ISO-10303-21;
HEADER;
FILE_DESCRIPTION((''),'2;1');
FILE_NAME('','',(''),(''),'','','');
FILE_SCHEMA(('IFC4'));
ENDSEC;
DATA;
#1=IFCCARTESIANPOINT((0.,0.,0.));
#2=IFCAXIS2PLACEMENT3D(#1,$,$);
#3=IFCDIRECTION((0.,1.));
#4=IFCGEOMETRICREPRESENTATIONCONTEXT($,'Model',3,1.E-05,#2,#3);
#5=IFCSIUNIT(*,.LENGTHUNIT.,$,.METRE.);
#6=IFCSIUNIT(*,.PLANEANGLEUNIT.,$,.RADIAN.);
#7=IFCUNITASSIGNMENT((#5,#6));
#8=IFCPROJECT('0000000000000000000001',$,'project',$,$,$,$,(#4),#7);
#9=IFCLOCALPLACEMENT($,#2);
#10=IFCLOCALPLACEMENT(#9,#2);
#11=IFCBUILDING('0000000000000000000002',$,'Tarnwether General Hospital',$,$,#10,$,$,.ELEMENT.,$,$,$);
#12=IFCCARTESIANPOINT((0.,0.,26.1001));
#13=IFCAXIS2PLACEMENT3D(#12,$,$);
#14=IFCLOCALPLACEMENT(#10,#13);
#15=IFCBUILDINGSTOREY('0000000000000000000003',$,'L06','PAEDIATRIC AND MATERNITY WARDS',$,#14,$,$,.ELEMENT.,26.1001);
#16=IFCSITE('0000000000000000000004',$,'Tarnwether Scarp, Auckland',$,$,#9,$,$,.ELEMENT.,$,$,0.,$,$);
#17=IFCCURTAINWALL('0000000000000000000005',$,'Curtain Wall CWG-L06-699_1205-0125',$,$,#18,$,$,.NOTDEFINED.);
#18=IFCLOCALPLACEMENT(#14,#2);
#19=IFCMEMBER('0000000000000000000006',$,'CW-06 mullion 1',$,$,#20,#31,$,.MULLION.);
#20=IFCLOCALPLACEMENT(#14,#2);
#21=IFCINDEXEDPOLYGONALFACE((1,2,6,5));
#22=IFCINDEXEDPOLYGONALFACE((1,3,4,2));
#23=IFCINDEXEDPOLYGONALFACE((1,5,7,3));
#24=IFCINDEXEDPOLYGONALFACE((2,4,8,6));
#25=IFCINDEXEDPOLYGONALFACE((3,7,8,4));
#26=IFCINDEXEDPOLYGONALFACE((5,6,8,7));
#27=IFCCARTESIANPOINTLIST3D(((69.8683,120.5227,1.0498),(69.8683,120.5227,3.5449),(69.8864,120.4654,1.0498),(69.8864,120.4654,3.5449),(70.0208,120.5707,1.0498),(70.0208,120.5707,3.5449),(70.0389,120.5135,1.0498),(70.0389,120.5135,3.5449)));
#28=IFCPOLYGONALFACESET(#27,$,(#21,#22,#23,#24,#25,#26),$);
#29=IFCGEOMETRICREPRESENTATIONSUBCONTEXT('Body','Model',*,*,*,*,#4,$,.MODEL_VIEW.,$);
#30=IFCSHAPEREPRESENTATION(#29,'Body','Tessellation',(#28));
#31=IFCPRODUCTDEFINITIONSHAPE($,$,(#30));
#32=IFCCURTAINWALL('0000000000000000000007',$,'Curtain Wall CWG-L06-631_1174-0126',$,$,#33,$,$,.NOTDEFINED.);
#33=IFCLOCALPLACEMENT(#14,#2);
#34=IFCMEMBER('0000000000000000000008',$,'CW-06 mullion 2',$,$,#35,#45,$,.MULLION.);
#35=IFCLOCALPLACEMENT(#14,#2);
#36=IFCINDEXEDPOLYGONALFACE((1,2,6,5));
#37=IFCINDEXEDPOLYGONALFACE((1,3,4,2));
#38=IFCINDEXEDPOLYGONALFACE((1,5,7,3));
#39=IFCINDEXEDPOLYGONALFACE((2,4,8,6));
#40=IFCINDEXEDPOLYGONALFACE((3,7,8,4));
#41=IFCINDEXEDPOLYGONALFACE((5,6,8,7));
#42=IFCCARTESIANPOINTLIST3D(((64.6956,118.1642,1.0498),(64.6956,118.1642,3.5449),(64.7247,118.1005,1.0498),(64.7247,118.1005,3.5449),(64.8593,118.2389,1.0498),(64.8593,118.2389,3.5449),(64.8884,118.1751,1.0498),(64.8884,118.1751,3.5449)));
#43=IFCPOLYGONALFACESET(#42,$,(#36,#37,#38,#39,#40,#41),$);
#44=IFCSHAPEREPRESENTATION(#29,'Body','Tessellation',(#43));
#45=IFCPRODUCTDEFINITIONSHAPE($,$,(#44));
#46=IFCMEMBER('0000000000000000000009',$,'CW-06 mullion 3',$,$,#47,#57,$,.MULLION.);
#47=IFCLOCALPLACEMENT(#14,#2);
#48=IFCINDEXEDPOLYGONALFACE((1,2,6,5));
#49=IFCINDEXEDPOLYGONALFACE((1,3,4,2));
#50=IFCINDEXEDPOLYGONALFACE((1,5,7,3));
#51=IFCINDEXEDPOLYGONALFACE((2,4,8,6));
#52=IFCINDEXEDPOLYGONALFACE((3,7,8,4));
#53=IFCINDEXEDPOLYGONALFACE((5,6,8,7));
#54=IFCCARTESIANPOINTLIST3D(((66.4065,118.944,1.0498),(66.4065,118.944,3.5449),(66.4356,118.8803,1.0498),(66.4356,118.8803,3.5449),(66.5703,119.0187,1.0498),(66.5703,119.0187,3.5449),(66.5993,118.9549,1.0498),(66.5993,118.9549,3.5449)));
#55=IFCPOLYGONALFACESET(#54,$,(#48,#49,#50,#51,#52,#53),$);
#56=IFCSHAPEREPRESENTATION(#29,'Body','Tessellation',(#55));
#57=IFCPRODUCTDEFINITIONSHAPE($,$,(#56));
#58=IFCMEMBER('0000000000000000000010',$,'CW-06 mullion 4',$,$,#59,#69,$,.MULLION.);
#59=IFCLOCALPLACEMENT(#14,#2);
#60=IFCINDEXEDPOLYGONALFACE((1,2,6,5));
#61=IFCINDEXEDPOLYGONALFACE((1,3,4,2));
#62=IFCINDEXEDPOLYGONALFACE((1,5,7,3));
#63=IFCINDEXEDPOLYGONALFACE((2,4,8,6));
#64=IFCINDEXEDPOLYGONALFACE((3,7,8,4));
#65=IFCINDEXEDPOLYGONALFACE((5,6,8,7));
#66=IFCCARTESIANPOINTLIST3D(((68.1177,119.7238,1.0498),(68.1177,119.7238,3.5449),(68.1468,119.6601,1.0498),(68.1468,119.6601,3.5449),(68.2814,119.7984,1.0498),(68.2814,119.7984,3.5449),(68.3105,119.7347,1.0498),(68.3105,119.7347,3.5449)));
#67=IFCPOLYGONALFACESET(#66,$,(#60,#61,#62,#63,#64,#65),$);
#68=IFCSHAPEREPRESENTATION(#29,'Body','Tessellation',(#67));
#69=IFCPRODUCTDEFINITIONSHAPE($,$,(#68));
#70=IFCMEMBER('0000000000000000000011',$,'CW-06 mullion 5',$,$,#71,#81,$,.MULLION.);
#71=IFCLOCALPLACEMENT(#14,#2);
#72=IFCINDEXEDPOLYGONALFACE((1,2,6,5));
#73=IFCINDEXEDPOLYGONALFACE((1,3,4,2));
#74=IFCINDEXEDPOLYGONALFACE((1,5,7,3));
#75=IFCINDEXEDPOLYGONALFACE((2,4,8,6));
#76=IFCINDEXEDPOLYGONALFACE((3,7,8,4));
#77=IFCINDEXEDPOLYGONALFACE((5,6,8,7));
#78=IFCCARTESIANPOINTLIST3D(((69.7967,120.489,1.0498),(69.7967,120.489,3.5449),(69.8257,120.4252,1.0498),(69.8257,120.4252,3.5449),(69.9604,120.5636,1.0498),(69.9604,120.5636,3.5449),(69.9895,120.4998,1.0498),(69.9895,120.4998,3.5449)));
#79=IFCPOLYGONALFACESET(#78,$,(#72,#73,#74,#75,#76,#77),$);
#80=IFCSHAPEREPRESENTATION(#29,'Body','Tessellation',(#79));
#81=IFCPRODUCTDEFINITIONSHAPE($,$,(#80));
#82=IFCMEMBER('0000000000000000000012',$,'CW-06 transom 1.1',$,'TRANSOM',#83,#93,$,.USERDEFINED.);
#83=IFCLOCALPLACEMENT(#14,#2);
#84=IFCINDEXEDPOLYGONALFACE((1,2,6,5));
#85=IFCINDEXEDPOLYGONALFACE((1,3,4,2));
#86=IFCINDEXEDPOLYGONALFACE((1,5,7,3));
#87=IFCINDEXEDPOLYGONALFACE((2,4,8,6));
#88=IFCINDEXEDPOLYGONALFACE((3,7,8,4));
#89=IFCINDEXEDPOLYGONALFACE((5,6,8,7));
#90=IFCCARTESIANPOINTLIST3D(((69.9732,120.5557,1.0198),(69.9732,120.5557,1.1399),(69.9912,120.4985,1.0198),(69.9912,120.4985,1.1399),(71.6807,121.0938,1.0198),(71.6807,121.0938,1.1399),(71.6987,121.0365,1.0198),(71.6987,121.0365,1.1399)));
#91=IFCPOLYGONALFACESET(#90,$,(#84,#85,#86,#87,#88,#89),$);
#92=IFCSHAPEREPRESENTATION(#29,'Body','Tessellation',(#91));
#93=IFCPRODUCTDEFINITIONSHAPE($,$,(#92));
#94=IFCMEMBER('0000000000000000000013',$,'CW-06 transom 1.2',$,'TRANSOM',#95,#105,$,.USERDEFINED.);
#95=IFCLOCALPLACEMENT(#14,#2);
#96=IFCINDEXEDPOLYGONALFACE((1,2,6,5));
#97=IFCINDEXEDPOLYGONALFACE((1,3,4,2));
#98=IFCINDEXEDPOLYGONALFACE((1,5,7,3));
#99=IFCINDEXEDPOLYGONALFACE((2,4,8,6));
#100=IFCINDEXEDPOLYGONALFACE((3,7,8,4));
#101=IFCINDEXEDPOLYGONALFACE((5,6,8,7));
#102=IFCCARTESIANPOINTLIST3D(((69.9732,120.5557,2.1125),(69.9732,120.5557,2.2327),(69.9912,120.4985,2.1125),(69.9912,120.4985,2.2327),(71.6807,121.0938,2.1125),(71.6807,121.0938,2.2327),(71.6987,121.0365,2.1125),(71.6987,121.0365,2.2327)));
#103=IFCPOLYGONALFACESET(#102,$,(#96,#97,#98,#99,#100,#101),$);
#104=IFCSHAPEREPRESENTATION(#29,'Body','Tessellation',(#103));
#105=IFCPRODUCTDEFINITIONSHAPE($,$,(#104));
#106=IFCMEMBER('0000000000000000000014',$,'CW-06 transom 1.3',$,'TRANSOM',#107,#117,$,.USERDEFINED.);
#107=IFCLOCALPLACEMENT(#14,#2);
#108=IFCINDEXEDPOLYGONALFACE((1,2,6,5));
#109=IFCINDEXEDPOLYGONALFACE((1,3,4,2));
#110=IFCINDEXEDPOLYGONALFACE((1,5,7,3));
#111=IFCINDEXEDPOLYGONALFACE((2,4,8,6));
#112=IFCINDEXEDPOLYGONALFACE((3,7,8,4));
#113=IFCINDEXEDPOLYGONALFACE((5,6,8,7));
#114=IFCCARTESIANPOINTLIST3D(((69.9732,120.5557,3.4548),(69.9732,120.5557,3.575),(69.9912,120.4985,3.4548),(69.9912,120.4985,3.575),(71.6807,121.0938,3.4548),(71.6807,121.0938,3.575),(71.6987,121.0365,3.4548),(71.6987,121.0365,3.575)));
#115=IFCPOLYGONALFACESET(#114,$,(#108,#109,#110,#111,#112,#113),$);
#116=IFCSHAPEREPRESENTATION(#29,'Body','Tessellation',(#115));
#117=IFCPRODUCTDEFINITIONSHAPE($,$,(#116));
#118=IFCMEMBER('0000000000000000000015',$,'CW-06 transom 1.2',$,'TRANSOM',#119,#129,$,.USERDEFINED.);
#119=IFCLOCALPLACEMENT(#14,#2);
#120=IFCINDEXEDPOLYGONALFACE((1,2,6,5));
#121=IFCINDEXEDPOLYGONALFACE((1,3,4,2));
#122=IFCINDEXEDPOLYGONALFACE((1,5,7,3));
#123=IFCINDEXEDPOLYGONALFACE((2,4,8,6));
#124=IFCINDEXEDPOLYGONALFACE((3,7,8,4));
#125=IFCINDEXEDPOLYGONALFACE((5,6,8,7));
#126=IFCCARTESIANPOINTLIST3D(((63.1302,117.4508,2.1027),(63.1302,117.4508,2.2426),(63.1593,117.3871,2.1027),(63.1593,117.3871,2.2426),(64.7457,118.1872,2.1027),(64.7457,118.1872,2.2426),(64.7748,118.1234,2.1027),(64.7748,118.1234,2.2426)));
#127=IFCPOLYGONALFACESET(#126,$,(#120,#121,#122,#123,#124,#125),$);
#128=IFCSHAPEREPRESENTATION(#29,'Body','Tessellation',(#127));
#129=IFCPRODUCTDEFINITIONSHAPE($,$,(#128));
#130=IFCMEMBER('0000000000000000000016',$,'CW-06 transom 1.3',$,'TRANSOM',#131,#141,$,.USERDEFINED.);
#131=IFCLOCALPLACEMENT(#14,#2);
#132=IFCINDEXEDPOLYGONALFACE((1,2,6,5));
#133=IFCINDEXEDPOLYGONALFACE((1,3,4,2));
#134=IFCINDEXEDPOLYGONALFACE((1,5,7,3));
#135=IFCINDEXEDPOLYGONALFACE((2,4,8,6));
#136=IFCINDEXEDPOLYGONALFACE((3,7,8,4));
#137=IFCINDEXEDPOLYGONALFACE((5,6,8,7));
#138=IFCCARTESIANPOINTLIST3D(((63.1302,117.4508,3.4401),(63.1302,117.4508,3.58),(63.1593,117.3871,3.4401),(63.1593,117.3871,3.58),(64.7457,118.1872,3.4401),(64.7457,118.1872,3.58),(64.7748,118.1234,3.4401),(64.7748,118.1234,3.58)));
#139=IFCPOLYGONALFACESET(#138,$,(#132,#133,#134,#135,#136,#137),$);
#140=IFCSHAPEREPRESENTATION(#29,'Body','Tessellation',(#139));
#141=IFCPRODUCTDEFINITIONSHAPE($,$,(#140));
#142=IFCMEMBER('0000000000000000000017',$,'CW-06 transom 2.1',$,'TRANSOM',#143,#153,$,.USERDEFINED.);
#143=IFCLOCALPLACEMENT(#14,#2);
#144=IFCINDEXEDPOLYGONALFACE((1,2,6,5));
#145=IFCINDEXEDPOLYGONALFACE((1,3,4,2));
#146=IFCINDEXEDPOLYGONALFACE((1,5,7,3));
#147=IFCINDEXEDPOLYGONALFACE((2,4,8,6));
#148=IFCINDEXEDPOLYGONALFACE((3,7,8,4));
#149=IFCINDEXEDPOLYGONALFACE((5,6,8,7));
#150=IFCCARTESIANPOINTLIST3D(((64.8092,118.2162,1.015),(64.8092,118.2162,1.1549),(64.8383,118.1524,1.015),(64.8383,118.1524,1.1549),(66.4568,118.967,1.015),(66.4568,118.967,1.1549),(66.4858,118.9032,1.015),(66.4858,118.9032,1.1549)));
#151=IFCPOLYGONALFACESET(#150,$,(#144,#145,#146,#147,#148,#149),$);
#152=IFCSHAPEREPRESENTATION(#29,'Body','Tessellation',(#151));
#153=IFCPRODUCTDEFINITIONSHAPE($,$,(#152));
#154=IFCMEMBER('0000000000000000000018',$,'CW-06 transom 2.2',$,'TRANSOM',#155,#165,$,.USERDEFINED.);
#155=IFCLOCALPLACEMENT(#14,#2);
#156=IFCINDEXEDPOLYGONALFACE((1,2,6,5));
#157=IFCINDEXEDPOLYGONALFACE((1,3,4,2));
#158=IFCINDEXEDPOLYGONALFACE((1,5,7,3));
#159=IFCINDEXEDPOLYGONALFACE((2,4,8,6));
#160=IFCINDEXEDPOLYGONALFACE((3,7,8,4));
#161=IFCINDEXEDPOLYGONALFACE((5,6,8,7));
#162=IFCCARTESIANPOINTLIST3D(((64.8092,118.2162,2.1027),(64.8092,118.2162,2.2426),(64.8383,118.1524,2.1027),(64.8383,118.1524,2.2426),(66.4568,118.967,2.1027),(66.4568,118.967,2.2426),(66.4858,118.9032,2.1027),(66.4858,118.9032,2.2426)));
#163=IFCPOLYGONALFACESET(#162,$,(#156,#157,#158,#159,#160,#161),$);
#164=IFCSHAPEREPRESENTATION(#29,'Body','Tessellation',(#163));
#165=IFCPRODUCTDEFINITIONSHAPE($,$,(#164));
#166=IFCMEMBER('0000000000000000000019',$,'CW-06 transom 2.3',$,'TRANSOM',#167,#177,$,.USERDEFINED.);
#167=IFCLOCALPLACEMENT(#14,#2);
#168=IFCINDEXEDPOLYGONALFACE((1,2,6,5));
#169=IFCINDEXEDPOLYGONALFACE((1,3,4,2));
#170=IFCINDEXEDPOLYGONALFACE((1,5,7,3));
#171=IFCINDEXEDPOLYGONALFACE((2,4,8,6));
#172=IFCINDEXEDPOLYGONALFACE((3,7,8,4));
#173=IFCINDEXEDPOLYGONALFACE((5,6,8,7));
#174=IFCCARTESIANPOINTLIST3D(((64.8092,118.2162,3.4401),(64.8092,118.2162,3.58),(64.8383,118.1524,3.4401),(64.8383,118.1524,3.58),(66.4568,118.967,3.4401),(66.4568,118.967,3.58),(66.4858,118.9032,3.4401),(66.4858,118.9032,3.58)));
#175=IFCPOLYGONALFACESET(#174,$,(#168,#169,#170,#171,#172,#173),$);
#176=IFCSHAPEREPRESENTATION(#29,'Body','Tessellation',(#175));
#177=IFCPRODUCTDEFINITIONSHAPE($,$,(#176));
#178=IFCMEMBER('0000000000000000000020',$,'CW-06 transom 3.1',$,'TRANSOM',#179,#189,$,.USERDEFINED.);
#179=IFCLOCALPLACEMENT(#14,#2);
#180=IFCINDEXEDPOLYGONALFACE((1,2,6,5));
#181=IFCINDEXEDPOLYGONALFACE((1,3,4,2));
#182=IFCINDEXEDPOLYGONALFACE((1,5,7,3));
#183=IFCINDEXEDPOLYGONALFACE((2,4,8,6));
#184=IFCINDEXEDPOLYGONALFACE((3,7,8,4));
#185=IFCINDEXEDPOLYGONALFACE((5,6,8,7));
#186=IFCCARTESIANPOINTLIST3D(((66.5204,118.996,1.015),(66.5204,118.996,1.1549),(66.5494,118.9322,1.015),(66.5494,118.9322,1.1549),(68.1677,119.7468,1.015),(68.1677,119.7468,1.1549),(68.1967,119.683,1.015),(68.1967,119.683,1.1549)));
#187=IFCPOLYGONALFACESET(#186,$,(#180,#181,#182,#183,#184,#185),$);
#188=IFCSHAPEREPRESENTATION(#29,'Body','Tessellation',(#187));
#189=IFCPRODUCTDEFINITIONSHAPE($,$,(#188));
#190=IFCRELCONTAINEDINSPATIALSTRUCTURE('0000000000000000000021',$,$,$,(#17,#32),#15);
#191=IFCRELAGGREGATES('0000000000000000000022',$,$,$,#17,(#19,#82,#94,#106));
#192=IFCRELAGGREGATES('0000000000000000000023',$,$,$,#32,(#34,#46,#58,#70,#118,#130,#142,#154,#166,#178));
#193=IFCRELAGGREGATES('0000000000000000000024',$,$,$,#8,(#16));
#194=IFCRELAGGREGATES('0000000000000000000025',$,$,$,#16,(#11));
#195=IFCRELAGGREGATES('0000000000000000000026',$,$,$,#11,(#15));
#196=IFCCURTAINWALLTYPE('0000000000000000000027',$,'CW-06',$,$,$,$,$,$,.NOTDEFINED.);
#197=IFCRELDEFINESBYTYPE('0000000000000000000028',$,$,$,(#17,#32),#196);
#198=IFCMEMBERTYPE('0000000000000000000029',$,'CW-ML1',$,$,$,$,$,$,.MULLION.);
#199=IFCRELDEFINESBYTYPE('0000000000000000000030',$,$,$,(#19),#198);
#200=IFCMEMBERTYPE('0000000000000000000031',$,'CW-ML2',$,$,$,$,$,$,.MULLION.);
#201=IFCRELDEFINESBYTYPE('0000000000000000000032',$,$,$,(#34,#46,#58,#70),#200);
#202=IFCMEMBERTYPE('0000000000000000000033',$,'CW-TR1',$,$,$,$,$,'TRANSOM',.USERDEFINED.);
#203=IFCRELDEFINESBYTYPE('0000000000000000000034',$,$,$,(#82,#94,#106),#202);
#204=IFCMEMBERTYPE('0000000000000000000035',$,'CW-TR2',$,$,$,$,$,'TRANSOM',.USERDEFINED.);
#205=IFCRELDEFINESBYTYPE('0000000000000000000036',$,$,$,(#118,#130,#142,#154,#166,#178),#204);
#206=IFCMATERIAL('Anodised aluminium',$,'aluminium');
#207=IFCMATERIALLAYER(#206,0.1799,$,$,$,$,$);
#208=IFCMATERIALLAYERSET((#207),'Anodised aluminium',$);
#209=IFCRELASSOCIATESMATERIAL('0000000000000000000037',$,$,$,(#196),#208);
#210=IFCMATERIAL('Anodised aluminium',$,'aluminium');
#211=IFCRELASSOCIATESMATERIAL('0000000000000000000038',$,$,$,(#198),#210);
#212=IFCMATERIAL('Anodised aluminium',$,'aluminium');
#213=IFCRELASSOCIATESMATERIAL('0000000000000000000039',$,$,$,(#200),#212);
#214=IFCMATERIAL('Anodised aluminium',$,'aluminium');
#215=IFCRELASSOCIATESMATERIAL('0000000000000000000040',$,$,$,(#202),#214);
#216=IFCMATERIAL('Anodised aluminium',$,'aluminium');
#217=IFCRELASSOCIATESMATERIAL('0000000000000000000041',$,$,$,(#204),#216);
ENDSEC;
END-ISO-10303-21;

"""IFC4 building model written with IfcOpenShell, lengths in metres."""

from ifc_helpers import new_model, si_unit, direction, frame, origin, origin_2d, place, context, subcontext, project, spatial, rectangle, extrude, material, layer, layer_set, material_profile, profile_set, type_object, element, aggregate, save


model = new_model("IFC4")

# Units and contexts
model_context = context("Model", 3, precision=1e-05, world=origin(), true_north=direction((0.0, 1.0)))
body_context = subcontext(model_context, "Body", "Model", "MODEL_VIEW")
ifc_project = project(units=[si_unit("LENGTHUNIT", "METRE"), si_unit("PLANEANGLEUNIT", "RADIAN")], contexts=[model_context])

# Site, building, storey
site_placement = place(None, origin())
site = spatial("IfcSite", under=ifc_project, at=site_placement, Name="Tarnwether Scarp, Auckland", CompositionType="ELEMENT", RefElevation=0.0)
building_placement = place(site_placement, origin())
building = spatial("IfcBuilding", under=site, at=building_placement, Name="Tarnwether General Hospital", CompositionType="ELEMENT")
storey_placement = place(building_placement, frame((0.0, 0.0, 26.1001)))
storey = spatial("IfcBuildingStorey", under=building, at=storey_placement, Name="L06", Description="PAEDIATRIC AND MATERNITY WARDS", CompositionType="ELEMENT", Elevation=26.1001)

# Curtain wall, member
ifc_material_1 = material(Name="Anodised aluminium", Category="aluminium")
ifc_layer_1 = layer(ifc_material_1, 0.1799)
ifc_layer_set_1 = layer_set([ifc_layer_1], Name="Anodised aluminium")
curtain_wall_type = type_object("IfcCurtainWallType", Name="CW-06", PredefinedType="NOTDEFINED", material=ifc_layer_set_1)
curtain_wall_1_placement = place(storey_placement, origin())
curtain_wall_1 = element("IfcCurtainWall", 1, at=curtain_wall_1_placement, inside=storey, type_object=curtain_wall_type, Name="Curtain Wall CWG-L06-699_1205-0125", PredefinedType="NOTDEFINED")
ifc_material_2 = material(Name="Anodised aluminium", Category="aluminium")
ifc_material_profile_1 = material_profile(ifc_material_2, rectangle(XDim=0.0601, YDim=0.1599, at=origin_2d()), Name="ALU-MUL-60x160")
ifc_profile_set_1 = profile_set([ifc_material_profile_1], Name="Anodised aluminium")
member_type_1 = type_object("IfcMemberType", Name="CW-ML1", PredefinedType="MULLION", material=ifc_profile_set_1)
member_1_placement = place(storey_placement, frame((69.9536, 120.5181, 1.0498), z_axis=(0.0, 0.0, 1.0), x_axis=(-0.300629, 0.953741, 0.0)))
member_1 = element("IfcMember", 2, at=member_1_placement, type_object=member_type_1, Name="CW-06 mullion 1", PredefinedType="MULLION", context=body_context, shape_type="SweptSolid", body=[
    extrude(rectangle(XDim=0.0601, YDim=0.1599, at=origin_2d()), origin(), (0.0, 0.0, 1.0), 2.4951),
])

# Curtain wall, members
curtain_wall_2_placement = place(storey_placement, origin())
curtain_wall_2 = element("IfcCurtainWall", 3, at=curtain_wall_2_placement, inside=storey, type_object=curtain_wall_type, Name="Curtain Wall CWG-L06-631_1174-0126", PredefinedType="NOTDEFINED")
ifc_material_3 = material(Name="Anodised aluminium", Category="aluminium")
ifc_material_profile_2 = material_profile(ifc_material_3, rectangle(XDim=0.0701, YDim=0.1799, at=origin_2d()), Name="ALU-MUL-70x180")
ifc_profile_set_2 = profile_set([ifc_material_profile_2], Name="Anodised aluminium")
member_type_2 = type_object("IfcMemberType", Name="CW-ML2", PredefinedType="MULLION", material=ifc_profile_set_2)
member_2_placement = place(storey_placement, frame((64.792, 118.1697, 1.0498), z_axis=(0.0, 0.0, 1.0), x_axis=(-0.414694, 0.909961, 0.0)))
member_2 = element("IfcMember", 4, at=member_2_placement, type_object=member_type_2, Name="CW-06 mullion 2", PredefinedType="MULLION", context=body_context, shape_type="SweptSolid", body=[
    extrude(rectangle(XDim=0.0701, YDim=0.1799, at=origin_2d()), origin(), (0.0, 0.0, 1.0), 2.4951),
])
member_3_placement = place(storey_placement, frame((66.5029, 118.9495, 1.0498), z_axis=(0.0, 0.0, 1.0), x_axis=(-0.414694, 0.909961, 0.0)))
member_3 = element("IfcMember", 5, at=member_3_placement, type_object=member_type_2, Name="CW-06 mullion 3", PredefinedType="MULLION", context=body_context, shape_type="SweptSolid", body=[
    extrude(rectangle(XDim=0.0701, YDim=0.1799, at=origin_2d()), origin(), (0.0, 0.0, 1.0), 2.4951),
])
member_4_placement = place(storey_placement, frame((68.2141, 119.7292, 1.0498), z_axis=(0.0, 0.0, 1.0), x_axis=(-0.414694, 0.909961, 0.0)))
member_4 = element("IfcMember", 6, at=member_4_placement, type_object=member_type_2, Name="CW-06 mullion 4", PredefinedType="MULLION", context=body_context, shape_type="SweptSolid", body=[
    extrude(rectangle(XDim=0.0701, YDim=0.1799, at=origin_2d()), origin(), (0.0, 0.0, 1.0), 2.4951),
])
member_5_placement = place(storey_placement, frame((69.8931, 120.4944, 1.0498), z_axis=(0.0, 0.0, 1.0), x_axis=(-0.414694, 0.909961, 0.0)))
member_5 = element("IfcMember", 7, at=member_5_placement, type_object=member_type_2, Name="CW-06 mullion 5", PredefinedType="MULLION", context=body_context, shape_type="SweptSolid", body=[
    extrude(rectangle(XDim=0.0701, YDim=0.1799, at=origin_2d()), origin(), (0.0, 0.0, 1.0), 2.4951),
])

# Members
ifc_material_4 = material(Name="Anodised aluminium", Category="aluminium")
ifc_material_profile_3 = material_profile(ifc_material_4, rectangle(XDim=0.0601, YDim=0.1201, at=origin_2d()), Name="ALU-TRN-60x120")
ifc_profile_set_3 = profile_set([ifc_material_profile_3], Name="Anodised aluminium")
member_type_3 = type_object("IfcMemberType", Name="CW-TR1", ElementType="TRANSOM", PredefinedType="USERDEFINED", material=ifc_profile_set_3)
member_6_placement = place(storey_placement, frame((69.9822, 120.5271, 1.0798), z_axis=(0.953764, 0.300557, 0.0), x_axis=(-0.300557, 0.953764, 0.0)))
member_6 = element("IfcMember", 8, at=member_6_placement, type_object=member_type_3, Name="CW-06 transom 1.1", ObjectType="TRANSOM", PredefinedType="USERDEFINED", context=body_context, shape_type="SweptSolid", body=[
    extrude(rectangle(XDim=0.0601, YDim=0.1201, at=origin_2d()), origin(), (0.0, 0.0, 1.0), 1.7903),
])
member_7_placement = place(storey_placement, frame((69.9822, 120.5271, 2.1726), z_axis=(0.953764, 0.300557, 0.0), x_axis=(-0.300557, 0.953764, 0.0)))
member_7 = element("IfcMember", 9, at=member_7_placement, type_object=member_type_3, Name="CW-06 transom 1.2", ObjectType="TRANSOM", PredefinedType="USERDEFINED", context=body_context, shape_type="SweptSolid", body=[
    extrude(rectangle(XDim=0.0601, YDim=0.1201, at=origin_2d()), origin(), (0.0, 0.0, 1.0), 1.7903),
])
member_8_placement = place(storey_placement, frame((69.9822, 120.5271, 3.5149), z_axis=(0.953764, 0.300557, 0.0), x_axis=(-0.300557, 0.953764, 0.0)))
member_8 = element("IfcMember", 10, at=member_8_placement, type_object=member_type_3, Name="CW-06 transom 1.3", ObjectType="TRANSOM", PredefinedType="USERDEFINED", context=body_context, shape_type="SweptSolid", body=[
    extrude(rectangle(XDim=0.0601, YDim=0.1201, at=origin_2d()), origin(), (0.0, 0.0, 1.0), 1.7903),
])
aggregate(curtain_wall_1, [member_1, member_6, member_7, member_8])
ifc_material_5 = material(Name="Anodised aluminium", Category="aluminium")
ifc_material_profile_4 = material_profile(ifc_material_5, rectangle(XDim=0.0701, YDim=0.1399, at=origin_2d()), Name="ALU-TRN-70x140")
ifc_profile_set_4 = profile_set([ifc_material_profile_4], Name="Anodised aluminium")
member_type_4 = type_object("IfcMemberType", Name="CW-TR2", ElementType="TRANSOM", PredefinedType="USERDEFINED", material=ifc_profile_set_4)
member_9_placement = place(storey_placement, frame((63.1448, 117.4189, 2.1726), z_axis=(0.909937, 0.414746, 0.0), x_axis=(-0.414746, 0.909937, 0.0)))
member_9 = element("IfcMember", 11, at=member_9_placement, type_object=member_type_4, Name="CW-06 transom 1.2", ObjectType="TRANSOM", PredefinedType="USERDEFINED", context=body_context, shape_type="SweptSolid", body=[
    extrude(rectangle(XDim=0.0701, YDim=0.1399, at=origin_2d()), origin(), (0.0, 0.0, 1.0), 1.7754),
])
member_10_placement = place(storey_placement, frame((63.1448, 117.4189, 3.51), z_axis=(0.909937, 0.414746, 0.0), x_axis=(-0.414746, 0.909937, 0.0)))
member_10 = element("IfcMember", 12, at=member_10_placement, type_object=member_type_4, Name="CW-06 transom 1.3", ObjectType="TRANSOM", PredefinedType="USERDEFINED", context=body_context, shape_type="SweptSolid", body=[
    extrude(rectangle(XDim=0.0701, YDim=0.1399, at=origin_2d()), origin(), (0.0, 0.0, 1.0), 1.7754),
])
member_11_placement = place(storey_placement, frame((64.8237, 118.1843, 1.085), z_axis=(0.909974, 0.414666, 0.0), x_axis=(-0.414666, 0.909974, 0.0)))
member_11 = element("IfcMember", 13, at=member_11_placement, type_object=member_type_4, Name="CW-06 transom 2.1", ObjectType="TRANSOM", PredefinedType="USERDEFINED", context=body_context, shape_type="SweptSolid", body=[
    extrude(rectangle(XDim=0.0701, YDim=0.1399, at=origin_2d()), origin(), (0.0, 0.0, 1.0), 1.8105),
])
member_12_placement = place(storey_placement, frame((64.8237, 118.1843, 2.1726), z_axis=(0.909974, 0.414666, 0.0), x_axis=(-0.414666, 0.909974, 0.0)))
member_12 = element("IfcMember", 14, at=member_12_placement, type_object=member_type_4, Name="CW-06 transom 2.2", ObjectType="TRANSOM", PredefinedType="USERDEFINED", context=body_context, shape_type="SweptSolid", body=[
    extrude(rectangle(XDim=0.0701, YDim=0.1399, at=origin_2d()), origin(), (0.0, 0.0, 1.0), 1.8105),
])
member_13_placement = place(storey_placement, frame((64.8237, 118.1843, 3.51), z_axis=(0.909974, 0.414666, 0.0), x_axis=(-0.414666, 0.909974, 0.0)))
member_13 = element("IfcMember", 15, at=member_13_placement, type_object=member_type_4, Name="CW-06 transom 2.3", ObjectType="TRANSOM", PredefinedType="USERDEFINED", context=body_context, shape_type="SweptSolid", body=[
    extrude(rectangle(XDim=0.0701, YDim=0.1399, at=origin_2d()), origin(), (0.0, 0.0, 1.0), 1.8105),
])
member_14_placement = place(storey_placement, frame((66.5349, 118.9641, 1.085), z_axis=(0.90995, 0.414717, 0.0), x_axis=(-0.414717, 0.90995, 0.0)))
member_14 = element("IfcMember", 16, at=member_14_placement, type_object=member_type_4, Name="CW-06 transom 3.1", ObjectType="TRANSOM", PredefinedType="USERDEFINED", context=body_context, shape_type="SweptSolid", body=[
    extrude(rectangle(XDim=0.0701, YDim=0.1399, at=origin_2d()), origin(), (0.0, 0.0, 1.0), 1.8103),
])

aggregate(curtain_wall_2, [member_2, member_3, member_4, member_5, member_9, member_10, member_11, member_12, member_13, member_14])

save(model, "model.ifc")
